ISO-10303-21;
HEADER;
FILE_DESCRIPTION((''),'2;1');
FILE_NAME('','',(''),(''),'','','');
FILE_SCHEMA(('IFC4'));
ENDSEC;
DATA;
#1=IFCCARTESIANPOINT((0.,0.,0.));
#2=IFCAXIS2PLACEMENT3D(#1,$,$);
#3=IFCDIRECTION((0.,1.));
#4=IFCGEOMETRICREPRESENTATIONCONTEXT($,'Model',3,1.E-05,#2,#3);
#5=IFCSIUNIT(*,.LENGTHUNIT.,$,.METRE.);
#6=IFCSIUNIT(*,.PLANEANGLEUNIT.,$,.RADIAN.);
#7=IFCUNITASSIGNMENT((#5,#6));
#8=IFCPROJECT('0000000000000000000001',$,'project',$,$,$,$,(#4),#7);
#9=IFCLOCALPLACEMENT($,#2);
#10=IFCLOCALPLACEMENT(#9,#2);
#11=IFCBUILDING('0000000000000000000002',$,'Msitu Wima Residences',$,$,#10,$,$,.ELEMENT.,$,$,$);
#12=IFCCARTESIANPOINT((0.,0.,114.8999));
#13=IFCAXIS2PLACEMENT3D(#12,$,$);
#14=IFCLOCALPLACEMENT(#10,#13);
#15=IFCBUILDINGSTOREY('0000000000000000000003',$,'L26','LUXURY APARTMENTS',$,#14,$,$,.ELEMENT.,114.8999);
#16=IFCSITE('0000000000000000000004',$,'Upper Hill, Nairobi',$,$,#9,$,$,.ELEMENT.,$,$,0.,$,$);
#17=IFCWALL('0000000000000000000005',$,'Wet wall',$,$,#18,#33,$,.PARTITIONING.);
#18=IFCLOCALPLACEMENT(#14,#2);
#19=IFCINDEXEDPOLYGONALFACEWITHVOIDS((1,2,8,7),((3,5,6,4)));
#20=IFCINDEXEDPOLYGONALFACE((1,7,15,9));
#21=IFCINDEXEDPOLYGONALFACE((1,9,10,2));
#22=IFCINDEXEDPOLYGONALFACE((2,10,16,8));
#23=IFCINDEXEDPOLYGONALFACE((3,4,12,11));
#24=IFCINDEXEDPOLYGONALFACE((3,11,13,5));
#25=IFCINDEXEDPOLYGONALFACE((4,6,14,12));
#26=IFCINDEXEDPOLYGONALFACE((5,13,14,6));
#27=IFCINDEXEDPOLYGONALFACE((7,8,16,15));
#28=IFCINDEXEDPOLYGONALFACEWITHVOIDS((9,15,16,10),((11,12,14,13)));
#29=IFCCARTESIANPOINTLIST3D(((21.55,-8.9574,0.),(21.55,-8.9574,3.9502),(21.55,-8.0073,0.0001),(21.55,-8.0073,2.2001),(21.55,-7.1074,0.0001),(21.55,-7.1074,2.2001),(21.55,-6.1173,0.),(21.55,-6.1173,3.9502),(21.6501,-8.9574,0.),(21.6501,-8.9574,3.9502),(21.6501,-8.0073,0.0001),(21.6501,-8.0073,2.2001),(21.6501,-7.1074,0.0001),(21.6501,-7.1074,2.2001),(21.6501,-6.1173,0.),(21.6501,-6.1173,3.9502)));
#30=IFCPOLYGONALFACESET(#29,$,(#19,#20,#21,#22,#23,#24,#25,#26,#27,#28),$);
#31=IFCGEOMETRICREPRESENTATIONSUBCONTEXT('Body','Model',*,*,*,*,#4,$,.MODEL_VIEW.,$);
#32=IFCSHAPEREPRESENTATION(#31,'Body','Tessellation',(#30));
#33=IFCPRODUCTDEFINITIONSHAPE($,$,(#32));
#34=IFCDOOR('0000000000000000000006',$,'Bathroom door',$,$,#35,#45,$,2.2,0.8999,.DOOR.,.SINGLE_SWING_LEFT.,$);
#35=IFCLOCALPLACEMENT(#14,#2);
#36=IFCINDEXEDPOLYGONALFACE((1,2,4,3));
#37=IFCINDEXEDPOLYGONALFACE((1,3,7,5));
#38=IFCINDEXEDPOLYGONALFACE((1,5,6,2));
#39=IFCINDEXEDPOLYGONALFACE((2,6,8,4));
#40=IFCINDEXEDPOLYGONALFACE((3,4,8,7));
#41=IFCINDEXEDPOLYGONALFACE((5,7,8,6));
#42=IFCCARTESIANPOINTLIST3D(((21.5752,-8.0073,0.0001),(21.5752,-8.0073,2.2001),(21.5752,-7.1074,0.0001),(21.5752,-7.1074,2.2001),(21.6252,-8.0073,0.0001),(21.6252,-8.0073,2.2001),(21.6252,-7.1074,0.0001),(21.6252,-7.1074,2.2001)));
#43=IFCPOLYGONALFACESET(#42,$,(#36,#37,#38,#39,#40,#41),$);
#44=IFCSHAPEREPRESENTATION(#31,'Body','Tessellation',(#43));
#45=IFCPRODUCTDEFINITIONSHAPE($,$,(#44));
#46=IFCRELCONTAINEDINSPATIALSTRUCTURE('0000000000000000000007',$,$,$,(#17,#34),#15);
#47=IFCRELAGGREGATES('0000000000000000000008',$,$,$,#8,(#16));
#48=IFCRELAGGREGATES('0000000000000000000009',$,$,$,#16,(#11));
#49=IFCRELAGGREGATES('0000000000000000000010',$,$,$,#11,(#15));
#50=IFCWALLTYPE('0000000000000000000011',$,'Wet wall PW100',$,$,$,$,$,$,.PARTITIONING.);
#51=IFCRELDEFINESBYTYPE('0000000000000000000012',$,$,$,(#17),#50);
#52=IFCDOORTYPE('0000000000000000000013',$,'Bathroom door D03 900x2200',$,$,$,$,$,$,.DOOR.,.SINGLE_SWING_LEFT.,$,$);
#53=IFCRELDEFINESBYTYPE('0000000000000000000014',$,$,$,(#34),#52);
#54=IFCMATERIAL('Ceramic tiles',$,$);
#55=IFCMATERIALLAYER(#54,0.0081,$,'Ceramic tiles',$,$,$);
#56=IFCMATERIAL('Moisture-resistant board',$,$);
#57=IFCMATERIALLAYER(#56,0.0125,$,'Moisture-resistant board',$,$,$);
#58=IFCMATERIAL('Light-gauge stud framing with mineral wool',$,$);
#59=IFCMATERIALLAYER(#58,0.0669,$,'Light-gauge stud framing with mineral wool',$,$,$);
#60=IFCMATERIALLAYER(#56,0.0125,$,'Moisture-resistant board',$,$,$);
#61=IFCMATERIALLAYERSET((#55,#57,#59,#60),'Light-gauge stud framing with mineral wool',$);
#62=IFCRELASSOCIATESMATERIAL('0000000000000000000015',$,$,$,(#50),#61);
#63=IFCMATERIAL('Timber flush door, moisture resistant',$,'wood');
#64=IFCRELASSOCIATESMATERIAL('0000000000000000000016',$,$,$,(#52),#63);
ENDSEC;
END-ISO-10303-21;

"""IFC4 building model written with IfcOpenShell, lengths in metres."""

from ifc_helpers import new_model, si_unit, direction, frame, frame_2d, origin, place, context, subcontext, project, spatial, rectangle, extrude, material, layer, layer_set, type_object, element, fill, save


model = new_model("IFC4")

# Units and contexts
model_context = context("Model", 3, precision=1e-05, world=origin(), true_north=direction((0.0, 1.0)))
body_context = subcontext(model_context, "Body", "Model", "MODEL_VIEW")
ifc_project = project(units=[si_unit("LENGTHUNIT", "METRE"), si_unit("PLANEANGLEUNIT", "RADIAN")], contexts=[model_context])

# Site, building, storey
site_placement = place(None, origin())
site = spatial("IfcSite", under=ifc_project, at=site_placement, Name="Upper Hill, Nairobi", CompositionType="ELEMENT", RefElevation=0.0)
building_placement = place(site_placement, origin())
building = spatial("IfcBuilding", under=site, at=building_placement, Name="Msitu Wima Residences", CompositionType="ELEMENT")
storey_placement = place(building_placement, frame((0.0, 0.0, 114.8999)))
storey = spatial("IfcBuildingStorey", under=building, at=storey_placement, Name="L26", Description="LUXURY APARTMENTS", CompositionType="ELEMENT", Elevation=114.8999)

# Shared definitions
ifc_material_1 = material(Name="Ceramic tiles")
ifc_layer_1 = layer(ifc_material_1, 0.0081, Name="Ceramic tiles")
ifc_material_2 = material(Name="Moisture-resistant board")
ifc_layer_2 = layer(ifc_material_2, 0.0125, Name="Moisture-resistant board")
ifc_material_3 = material(Name="Light-gauge stud framing with mineral wool")
ifc_layer_3 = layer(ifc_material_3, 0.0669, Name="Light-gauge stud framing with mineral wool")
ifc_layer_4 = layer(ifc_material_2, 0.0125, Name="Moisture-resistant board")
ifc_layer_set_1 = layer_set([ifc_layer_1, ifc_layer_2, ifc_layer_3, ifc_layer_4], Name="Light-gauge stud framing with mineral wool")
wall_type_1 = type_object("IfcWallType", Name="Wet wall PW100", PredefinedType="PARTITIONING", material=ifc_layer_set_1)

# Wall, opening, door
wall_1_placement = place(storey_placement, frame((21.6001, -8.9573, 0.0), z_axis=(0.0, 0.0, 1.0), x_axis=(0.0, 1.0, 0.0)))
wall_1 = element("IfcWall", 1, at=wall_1_placement, inside=storey, type_object=wall_type_1, Name="Wet wall", PredefinedType="PARTITIONING", context=body_context, shape_type="SweptSolid", body=[
    extrude(rectangle(XDim=2.8401, YDim=0.1001, at=frame_2d((1.4199, 0.0))), origin(), (0.0, 0.0, 1.0), 3.9502),
])
opening_1_placement = place(wall_1_placement, frame((0.95, 0.0, 0.0)))
opening_1 = element("IfcOpeningElement", 2, at=opening_1_placement, cuts=wall_1, PredefinedType="OPENING", context=body_context, shape_type="SweptSolid", body=[
    extrude(rectangle(XDim=0.8999, YDim=2.2, at=frame_2d((0.45, 1.1001))), frame((0.0, 0.0601, 0.0), z_axis=(0.0, -1.0, 0.0), x_axis=(1.0, 0.0, 0.0)), (0.0, 0.0, 1.0), 0.1201),
])
ifc_material_4 = material(Name="Timber flush door, moisture resistant", Category="wood")
door_type_1 = type_object("IfcDoorType", Name="Bathroom door D03 900x2200", OperationType="SINGLE_SWING_LEFT", PredefinedType="DOOR", material=ifc_material_4)
door_1_placement = place(opening_1_placement, origin())
door_1 = element("IfcDoor", 3, at=door_1_placement, inside=storey, type_object=door_type_1, Name="Bathroom door", OperationType="SINGLE_SWING_LEFT", OverallHeight=2.2, OverallWidth=0.8999, PredefinedType="DOOR", context=body_context, shape_type="SweptSolid", body=[
    extrude(rectangle(XDim=0.8999, YDim=2.2, at=frame_2d((0.45, 1.1001))), frame((0.0, 0.0249, 0.0), z_axis=(0.0, -1.0, 0.0), x_axis=(1.0, 0.0, 0.0)), (0.0, 0.0, 1.0), 0.05),
])
fill(opening_1, door_1)

save(model, "model.ifc")
